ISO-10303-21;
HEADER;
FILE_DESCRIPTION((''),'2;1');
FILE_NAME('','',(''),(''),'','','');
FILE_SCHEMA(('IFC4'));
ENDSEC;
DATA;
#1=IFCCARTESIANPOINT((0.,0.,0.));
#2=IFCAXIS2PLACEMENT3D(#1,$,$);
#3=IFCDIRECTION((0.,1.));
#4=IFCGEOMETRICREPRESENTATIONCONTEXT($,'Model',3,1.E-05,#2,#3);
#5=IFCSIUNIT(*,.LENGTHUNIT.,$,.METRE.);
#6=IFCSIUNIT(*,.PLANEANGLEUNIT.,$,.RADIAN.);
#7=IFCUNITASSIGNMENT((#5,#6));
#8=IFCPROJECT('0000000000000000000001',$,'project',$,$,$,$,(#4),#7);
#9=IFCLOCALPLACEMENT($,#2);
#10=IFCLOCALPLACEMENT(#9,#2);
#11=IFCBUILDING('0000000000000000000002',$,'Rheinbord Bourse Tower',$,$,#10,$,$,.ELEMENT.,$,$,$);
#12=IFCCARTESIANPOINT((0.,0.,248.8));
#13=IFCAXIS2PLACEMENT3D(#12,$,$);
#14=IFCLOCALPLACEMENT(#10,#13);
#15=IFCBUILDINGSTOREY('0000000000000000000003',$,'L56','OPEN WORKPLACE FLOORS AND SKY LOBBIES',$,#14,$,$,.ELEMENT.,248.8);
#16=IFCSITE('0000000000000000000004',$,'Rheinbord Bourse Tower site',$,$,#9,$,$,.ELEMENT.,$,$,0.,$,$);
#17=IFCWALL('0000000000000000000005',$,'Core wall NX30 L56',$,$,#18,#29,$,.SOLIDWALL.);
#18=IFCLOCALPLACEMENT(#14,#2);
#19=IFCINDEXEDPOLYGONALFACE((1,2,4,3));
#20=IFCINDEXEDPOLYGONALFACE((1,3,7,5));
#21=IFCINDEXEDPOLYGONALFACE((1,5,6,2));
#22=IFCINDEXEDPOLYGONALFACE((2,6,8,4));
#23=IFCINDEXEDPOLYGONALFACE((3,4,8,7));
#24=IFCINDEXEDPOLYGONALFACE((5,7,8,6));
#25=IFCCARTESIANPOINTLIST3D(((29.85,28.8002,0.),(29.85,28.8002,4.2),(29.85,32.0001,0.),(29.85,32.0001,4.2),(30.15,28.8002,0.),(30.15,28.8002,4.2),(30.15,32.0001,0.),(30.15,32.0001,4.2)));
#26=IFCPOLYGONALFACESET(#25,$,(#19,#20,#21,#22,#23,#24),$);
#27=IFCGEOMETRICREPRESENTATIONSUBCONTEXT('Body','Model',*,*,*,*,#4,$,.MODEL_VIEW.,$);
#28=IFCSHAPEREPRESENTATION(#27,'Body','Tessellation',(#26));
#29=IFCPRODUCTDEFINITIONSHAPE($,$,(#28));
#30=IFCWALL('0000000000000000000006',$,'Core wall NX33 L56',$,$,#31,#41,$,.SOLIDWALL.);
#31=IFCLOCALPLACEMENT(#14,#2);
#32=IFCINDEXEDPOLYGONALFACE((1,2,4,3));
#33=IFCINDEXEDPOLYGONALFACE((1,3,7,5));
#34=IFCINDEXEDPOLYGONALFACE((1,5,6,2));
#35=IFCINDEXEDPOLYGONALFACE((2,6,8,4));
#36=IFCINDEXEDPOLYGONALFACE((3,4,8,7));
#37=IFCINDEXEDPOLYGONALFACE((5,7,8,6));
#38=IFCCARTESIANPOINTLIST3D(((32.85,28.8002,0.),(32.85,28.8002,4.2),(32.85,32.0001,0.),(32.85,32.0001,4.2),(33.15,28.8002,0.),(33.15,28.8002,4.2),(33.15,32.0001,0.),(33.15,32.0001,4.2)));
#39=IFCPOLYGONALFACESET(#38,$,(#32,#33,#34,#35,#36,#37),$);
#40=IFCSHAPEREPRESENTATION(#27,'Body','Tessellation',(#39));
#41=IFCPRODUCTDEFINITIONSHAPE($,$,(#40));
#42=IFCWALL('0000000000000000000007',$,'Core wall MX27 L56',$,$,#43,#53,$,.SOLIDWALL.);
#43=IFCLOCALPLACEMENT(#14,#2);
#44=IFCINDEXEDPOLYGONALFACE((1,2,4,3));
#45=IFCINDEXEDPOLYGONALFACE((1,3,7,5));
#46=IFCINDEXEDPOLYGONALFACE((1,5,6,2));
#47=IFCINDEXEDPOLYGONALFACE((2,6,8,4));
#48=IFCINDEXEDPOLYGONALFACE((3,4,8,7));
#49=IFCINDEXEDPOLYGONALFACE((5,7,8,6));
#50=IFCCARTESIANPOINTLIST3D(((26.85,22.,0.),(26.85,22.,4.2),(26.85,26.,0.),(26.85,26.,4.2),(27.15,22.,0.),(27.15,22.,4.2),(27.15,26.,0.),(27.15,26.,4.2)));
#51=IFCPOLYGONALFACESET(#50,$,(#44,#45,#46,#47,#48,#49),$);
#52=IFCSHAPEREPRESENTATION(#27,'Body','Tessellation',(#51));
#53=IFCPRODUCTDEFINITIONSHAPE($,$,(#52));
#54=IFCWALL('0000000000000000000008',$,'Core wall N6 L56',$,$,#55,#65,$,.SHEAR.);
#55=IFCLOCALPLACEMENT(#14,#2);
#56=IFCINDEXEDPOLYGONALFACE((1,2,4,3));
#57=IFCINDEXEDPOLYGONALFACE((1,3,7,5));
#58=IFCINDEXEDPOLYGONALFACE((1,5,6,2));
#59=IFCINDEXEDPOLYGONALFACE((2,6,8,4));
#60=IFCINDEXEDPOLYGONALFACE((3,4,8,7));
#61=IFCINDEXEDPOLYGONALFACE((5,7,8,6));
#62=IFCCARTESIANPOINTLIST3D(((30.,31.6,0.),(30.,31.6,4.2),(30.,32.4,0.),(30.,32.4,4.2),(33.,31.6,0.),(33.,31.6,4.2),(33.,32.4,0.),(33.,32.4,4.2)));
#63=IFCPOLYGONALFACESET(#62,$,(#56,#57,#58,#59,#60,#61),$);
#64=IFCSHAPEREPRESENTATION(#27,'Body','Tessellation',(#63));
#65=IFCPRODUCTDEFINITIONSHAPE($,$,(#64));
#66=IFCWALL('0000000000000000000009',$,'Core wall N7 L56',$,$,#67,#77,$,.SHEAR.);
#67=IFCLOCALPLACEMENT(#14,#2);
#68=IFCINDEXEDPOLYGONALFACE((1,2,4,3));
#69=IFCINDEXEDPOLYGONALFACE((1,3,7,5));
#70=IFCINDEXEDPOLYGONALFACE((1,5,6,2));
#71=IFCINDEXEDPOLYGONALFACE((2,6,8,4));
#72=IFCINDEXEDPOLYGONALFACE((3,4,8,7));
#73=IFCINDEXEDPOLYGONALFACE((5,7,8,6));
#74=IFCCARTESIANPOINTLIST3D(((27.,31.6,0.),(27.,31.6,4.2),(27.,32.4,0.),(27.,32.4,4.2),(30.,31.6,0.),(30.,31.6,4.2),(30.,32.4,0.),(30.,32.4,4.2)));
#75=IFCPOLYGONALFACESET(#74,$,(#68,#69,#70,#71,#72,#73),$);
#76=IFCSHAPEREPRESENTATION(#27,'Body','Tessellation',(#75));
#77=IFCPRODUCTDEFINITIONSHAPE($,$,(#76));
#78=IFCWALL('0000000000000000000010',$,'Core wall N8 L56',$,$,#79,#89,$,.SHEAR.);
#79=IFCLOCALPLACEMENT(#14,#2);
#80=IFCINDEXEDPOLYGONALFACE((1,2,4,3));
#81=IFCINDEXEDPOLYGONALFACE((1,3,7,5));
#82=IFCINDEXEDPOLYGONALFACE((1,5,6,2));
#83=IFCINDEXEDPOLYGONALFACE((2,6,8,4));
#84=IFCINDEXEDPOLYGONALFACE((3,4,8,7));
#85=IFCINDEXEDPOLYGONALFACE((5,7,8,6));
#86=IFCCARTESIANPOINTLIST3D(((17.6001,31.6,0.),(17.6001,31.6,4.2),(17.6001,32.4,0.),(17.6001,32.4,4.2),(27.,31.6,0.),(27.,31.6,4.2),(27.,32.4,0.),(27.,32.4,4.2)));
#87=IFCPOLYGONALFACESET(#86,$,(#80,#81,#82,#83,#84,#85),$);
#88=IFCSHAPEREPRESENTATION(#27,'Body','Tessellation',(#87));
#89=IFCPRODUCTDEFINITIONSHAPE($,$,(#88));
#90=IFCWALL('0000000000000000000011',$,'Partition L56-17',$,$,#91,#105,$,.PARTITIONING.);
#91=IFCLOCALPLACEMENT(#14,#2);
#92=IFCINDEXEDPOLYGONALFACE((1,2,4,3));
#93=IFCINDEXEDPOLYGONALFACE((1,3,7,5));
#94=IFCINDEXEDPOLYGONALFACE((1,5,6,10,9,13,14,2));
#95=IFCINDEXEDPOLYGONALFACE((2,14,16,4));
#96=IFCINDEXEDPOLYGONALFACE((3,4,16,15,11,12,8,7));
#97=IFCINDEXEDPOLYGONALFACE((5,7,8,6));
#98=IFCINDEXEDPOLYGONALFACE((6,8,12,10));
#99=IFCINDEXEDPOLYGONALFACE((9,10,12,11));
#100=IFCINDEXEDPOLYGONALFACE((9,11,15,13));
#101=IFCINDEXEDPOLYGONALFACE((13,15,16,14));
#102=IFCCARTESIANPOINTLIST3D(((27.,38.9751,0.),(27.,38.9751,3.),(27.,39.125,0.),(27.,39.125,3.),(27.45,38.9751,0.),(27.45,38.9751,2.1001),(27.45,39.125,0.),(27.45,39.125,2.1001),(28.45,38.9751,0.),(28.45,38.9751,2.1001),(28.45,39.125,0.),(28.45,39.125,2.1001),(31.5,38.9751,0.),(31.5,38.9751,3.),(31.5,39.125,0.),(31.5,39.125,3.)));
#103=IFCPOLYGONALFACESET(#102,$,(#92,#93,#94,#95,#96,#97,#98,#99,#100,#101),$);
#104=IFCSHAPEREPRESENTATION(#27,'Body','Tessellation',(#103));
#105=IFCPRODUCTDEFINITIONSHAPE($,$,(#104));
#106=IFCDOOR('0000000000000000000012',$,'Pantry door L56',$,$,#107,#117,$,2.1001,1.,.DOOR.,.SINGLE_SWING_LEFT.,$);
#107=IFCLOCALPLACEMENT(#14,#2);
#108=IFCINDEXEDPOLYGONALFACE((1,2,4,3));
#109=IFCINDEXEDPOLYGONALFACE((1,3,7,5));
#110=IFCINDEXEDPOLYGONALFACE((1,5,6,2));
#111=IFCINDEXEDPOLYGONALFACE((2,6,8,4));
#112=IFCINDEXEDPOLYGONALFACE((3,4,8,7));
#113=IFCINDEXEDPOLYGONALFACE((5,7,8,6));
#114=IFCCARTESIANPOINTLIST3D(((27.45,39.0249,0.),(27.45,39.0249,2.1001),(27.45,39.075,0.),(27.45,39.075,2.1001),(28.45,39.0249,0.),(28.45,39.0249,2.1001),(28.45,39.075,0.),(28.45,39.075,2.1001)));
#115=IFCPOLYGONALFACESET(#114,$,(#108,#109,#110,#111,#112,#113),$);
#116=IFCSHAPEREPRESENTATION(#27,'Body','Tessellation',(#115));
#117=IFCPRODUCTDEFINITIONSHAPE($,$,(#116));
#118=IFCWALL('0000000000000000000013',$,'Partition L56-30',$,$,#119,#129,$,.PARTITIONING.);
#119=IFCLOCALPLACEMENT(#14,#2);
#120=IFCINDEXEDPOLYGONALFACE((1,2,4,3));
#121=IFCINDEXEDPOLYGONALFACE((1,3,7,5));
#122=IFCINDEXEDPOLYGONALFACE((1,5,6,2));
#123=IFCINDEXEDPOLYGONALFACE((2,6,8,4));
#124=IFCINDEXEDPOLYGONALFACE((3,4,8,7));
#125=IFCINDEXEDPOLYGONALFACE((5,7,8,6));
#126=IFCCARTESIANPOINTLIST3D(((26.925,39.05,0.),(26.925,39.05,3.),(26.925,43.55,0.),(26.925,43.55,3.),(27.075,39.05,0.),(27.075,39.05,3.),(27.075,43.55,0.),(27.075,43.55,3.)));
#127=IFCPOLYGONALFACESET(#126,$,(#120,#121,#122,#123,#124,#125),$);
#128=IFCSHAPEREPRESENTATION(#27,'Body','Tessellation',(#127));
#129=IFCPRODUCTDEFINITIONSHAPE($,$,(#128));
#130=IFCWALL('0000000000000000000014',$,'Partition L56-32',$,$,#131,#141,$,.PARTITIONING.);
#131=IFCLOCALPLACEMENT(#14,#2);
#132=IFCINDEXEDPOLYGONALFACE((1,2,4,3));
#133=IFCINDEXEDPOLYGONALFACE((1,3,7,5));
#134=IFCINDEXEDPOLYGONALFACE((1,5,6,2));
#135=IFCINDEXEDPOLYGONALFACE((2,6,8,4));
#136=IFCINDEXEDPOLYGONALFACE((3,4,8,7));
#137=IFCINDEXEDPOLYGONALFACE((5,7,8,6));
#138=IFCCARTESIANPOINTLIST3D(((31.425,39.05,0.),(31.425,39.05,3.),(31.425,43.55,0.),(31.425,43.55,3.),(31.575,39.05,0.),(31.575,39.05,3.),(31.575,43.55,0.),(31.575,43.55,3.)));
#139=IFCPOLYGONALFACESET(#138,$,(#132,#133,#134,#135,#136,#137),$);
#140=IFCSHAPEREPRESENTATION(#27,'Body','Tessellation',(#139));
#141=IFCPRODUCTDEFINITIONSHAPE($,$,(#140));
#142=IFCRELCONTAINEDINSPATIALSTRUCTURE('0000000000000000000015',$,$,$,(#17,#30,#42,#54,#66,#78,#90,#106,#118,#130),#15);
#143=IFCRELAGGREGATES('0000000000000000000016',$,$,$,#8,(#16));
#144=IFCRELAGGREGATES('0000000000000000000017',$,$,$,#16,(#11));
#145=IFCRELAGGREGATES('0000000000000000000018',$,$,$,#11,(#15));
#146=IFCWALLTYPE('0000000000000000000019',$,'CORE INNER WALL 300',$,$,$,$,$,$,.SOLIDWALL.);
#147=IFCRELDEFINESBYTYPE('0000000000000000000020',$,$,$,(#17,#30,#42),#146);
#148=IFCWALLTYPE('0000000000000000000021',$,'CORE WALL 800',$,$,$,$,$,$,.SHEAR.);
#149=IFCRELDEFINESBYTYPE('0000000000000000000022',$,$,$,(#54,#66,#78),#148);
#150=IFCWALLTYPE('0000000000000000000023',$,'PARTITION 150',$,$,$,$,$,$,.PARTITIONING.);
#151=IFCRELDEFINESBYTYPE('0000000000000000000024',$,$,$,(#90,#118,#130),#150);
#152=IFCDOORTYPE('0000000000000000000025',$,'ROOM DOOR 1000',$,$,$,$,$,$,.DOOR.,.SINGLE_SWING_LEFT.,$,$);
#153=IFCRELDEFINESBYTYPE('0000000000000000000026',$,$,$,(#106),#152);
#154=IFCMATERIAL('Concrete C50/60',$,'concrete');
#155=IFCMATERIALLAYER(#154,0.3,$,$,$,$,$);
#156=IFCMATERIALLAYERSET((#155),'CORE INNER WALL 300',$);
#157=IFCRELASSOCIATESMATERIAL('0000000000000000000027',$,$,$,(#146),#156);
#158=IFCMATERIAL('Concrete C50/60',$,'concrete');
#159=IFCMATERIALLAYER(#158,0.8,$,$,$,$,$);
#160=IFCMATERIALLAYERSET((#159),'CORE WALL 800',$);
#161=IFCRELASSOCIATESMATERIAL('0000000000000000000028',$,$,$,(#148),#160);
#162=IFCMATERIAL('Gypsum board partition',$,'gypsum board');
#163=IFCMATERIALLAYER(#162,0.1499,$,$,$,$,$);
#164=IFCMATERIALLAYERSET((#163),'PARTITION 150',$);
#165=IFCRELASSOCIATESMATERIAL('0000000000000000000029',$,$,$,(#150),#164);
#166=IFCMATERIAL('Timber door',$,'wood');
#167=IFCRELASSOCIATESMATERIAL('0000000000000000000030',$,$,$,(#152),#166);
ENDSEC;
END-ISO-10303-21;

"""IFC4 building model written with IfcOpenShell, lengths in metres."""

from ifc_helpers import new_model, si_unit, direction, frame, frame_2d, origin, place, context, subcontext, project, spatial, rectangle, extrude, material, layer, layer_set, type_object, element, fill, save


model = new_model("IFC4")

# Units and contexts
model_context = context("Model", 3, precision=1e-05, world=origin(), true_north=direction((0.0, 1.0)))
body_context = subcontext(model_context, "Body", "Model", "MODEL_VIEW")
ifc_project = project(units=[si_unit("LENGTHUNIT", "METRE"), si_unit("PLANEANGLEUNIT", "RADIAN")], contexts=[model_context])

# Site, building, storey
site_placement = place(None, origin())
site = spatial("IfcSite", under=ifc_project, at=site_placement, Name="Rheinbord Bourse Tower site", CompositionType="ELEMENT", RefElevation=0.0)
building_placement = place(site_placement, origin())
building = spatial("IfcBuilding", under=site, at=building_placement, Name="Rheinbord Bourse Tower", CompositionType="ELEMENT")
storey_placement = place(building_placement, frame((0.0, 0.0, 248.8)))
storey = spatial("IfcBuildingStorey", under=building, at=storey_placement, Name="L56", Description="OPEN WORKPLACE FLOORS AND SKY LOBBIES", CompositionType="ELEMENT", Elevation=248.8)

# Shared definitions
ifc_material_1 = material(Name="Concrete C50/60", Category="concrete")
ifc_layer_1 = layer(ifc_material_1, 0.3)
ifc_layer_set_1 = layer_set([ifc_layer_1], Name="CORE INNER WALL 300")
wall_type_1 = type_object("IfcWallType", Name="CORE INNER WALL 300", PredefinedType="SOLIDWALL", material=ifc_layer_set_1)

# Walls
for number, where, z_axis, x_axis, name in (
    (1, (30.0, 28.8, 0.0), (0.0, 0.0, 1.0), (0.0, 1.0, 0.0), "Core wall NX30 L56"),
    (2, (33.0, 28.8, 0.0), (0.0, 0.0, 1.0), (0.0, 1.0, 0.0), "Core wall NX33 L56"),
):
    element("IfcWall", number, at=place(storey_placement, frame(where, z_axis=z_axis, x_axis=x_axis)), inside=storey, type_object=wall_type_1, Name=name, PredefinedType="SOLIDWALL", context=body_context, shape_type="SweptSolid", body=[
        extrude(rectangle(XDim=3.2, YDim=0.3, at=frame_2d((1.6001, 0.0))), origin(), (0.0, 0.0, 1.0), 4.2),
    ])
wall_1_placement = place(storey_placement, frame((27.0, 22.0, 0.0), z_axis=(0.0, 0.0, 1.0), x_axis=(0.0, 1.0, 0.0)))
element("IfcWall", 3, at=wall_1_placement, inside=storey, type_object=wall_type_1, Name="Core wall MX27 L56", PredefinedType="SOLIDWALL", context=body_context, shape_type="SweptSolid", body=[
    extrude(rectangle(XDim=4.0, YDim=0.3, at=frame_2d((2.0, 0.0))), origin(), (0.0, 0.0, 1.0), 4.2),
])
ifc_material_2 = material(Name="Concrete C50/60", Category="concrete")
ifc_layer_2 = layer(ifc_material_2, 0.8)
ifc_layer_set_2 = layer_set([ifc_layer_2], Name="CORE WALL 800")
wall_type_2 = type_object("IfcWallType", Name="CORE WALL 800", PredefinedType="SHEAR", material=ifc_layer_set_2)
for number, where, z_axis, x_axis, name in (
    (4, (33.0, 32.0, 0.0), (0.0, 0.0, 1.0), (-1.0, 0.0, 0.0), "Core wall N6 L56"),
    (5, (30.0, 32.0, 0.0), (0.0, 0.0, 1.0), (-1.0, 0.0, 0.0), "Core wall N7 L56"),
):
    element("IfcWall", number, at=place(storey_placement, frame(where, z_axis=z_axis, x_axis=x_axis)), inside=storey, type_object=wall_type_2, Name=name, PredefinedType="SHEAR", context=body_context, shape_type="SweptSolid", body=[
        extrude(rectangle(XDim=3.0, YDim=0.8, at=frame_2d((1.5, 0.0))), origin(), (0.0, 0.0, 1.0), 4.2),
    ])
wall_2_placement = place(storey_placement, frame((27.0, 32.0, 0.0), z_axis=(0.0, 0.0, 1.0), x_axis=(-1.0, 0.0, 0.0)))
element("IfcWall", 6, at=wall_2_placement, inside=storey, type_object=wall_type_2, Name="Core wall N8 L56", PredefinedType="SHEAR", context=body_context, shape_type="SweptSolid", body=[
    extrude(rectangle(XDim=9.3999, YDim=0.8, at=frame_2d((4.7, 0.0))), origin(), (0.0, 0.0, 1.0), 4.2),
])

# Wall, opening, door
ifc_material_3 = material(Name="Gypsum board partition", Category="gypsum board")
ifc_layer_3 = layer(ifc_material_3, 0.1499)
ifc_layer_set_3 = layer_set([ifc_layer_3], Name="PARTITION 150")
wall_type_3 = type_object("IfcWallType", Name="PARTITION 150", PredefinedType="PARTITIONING", material=ifc_layer_set_3)
wall_3_placement = place(storey_placement, frame((27.0, 39.05, 0.0), z_axis=(0.0, 0.0, 1.0), x_axis=(1.0, 0.0, 0.0)))
wall_3 = element("IfcWall", 7, at=wall_3_placement, inside=storey, type_object=wall_type_3, Name="Partition L56-17", PredefinedType="PARTITIONING", context=body_context, shape_type="SweptSolid", body=[
    extrude(rectangle(XDim=4.5, YDim=0.1499, at=frame_2d((2.25, 0.0))), origin(), (0.0, 0.0, 1.0), 3.0),
])
opening_1_placement = place(wall_3_placement, frame((0.45, 0.0, 0.0)))
opening_1 = element("IfcOpeningElement", 8, at=opening_1_placement, cuts=wall_3, PredefinedType="OPENING", context=body_context, shape_type="SweptSolid", body=[
    extrude(rectangle(XDim=1.0, YDim=2.1001, at=frame_2d((0.5, 1.05))), frame((0.0, 0.085, 0.0), z_axis=(0.0, -1.0, 0.0), x_axis=(1.0, 0.0, 0.0)), (0.0, 0.0, 1.0), 0.1699),
])
ifc_material_4 = material(Name="Timber door", Category="wood")
door_type_1 = type_object("IfcDoorType", Name="ROOM DOOR 1000", OperationType="SINGLE_SWING_LEFT", PredefinedType="DOOR", material=ifc_material_4)
door_1_placement = place(opening_1_placement, origin())
door_1 = element("IfcDoor", 9, at=door_1_placement, inside=storey, type_object=door_type_1, Name="Pantry door L56", OperationType="SINGLE_SWING_LEFT", OverallHeight=2.1001, OverallWidth=1.0, PredefinedType="DOOR", context=body_context, shape_type="SweptSolid", body=[
    extrude(rectangle(XDim=1.0, YDim=2.1001, at=frame_2d((0.5, 1.05))), frame((0.0, 0.0249, 0.0), z_axis=(0.0, -1.0, 0.0), x_axis=(1.0, 0.0, 0.0)), (0.0, 0.0, 1.0), 0.05),
])
fill(opening_1, door_1)

# Walls
for number, where, z_axis, x_axis, name in (
    (10, (27.0, 39.05, 0.0), (0.0, 0.0, 1.0), (0.0, 1.0, 0.0), "Partition L56-30"),
    (11, (31.5, 39.05, 0.0), (0.0, 0.0, 1.0), (0.0, 1.0, 0.0), "Partition L56-32"),
):
    element("IfcWall", number, at=place(storey_placement, frame(where, z_axis=z_axis, x_axis=x_axis)), inside=storey, type_object=wall_type_3, Name=name, PredefinedType="PARTITIONING", context=body_context, shape_type="SweptSolid", body=[
        extrude(rectangle(XDim=4.5, YDim=0.1499, at=frame_2d((2.25, 0.0))), origin(), (0.0, 0.0, 1.0), 3.0),
    ])

save(model, "model.ifc")
